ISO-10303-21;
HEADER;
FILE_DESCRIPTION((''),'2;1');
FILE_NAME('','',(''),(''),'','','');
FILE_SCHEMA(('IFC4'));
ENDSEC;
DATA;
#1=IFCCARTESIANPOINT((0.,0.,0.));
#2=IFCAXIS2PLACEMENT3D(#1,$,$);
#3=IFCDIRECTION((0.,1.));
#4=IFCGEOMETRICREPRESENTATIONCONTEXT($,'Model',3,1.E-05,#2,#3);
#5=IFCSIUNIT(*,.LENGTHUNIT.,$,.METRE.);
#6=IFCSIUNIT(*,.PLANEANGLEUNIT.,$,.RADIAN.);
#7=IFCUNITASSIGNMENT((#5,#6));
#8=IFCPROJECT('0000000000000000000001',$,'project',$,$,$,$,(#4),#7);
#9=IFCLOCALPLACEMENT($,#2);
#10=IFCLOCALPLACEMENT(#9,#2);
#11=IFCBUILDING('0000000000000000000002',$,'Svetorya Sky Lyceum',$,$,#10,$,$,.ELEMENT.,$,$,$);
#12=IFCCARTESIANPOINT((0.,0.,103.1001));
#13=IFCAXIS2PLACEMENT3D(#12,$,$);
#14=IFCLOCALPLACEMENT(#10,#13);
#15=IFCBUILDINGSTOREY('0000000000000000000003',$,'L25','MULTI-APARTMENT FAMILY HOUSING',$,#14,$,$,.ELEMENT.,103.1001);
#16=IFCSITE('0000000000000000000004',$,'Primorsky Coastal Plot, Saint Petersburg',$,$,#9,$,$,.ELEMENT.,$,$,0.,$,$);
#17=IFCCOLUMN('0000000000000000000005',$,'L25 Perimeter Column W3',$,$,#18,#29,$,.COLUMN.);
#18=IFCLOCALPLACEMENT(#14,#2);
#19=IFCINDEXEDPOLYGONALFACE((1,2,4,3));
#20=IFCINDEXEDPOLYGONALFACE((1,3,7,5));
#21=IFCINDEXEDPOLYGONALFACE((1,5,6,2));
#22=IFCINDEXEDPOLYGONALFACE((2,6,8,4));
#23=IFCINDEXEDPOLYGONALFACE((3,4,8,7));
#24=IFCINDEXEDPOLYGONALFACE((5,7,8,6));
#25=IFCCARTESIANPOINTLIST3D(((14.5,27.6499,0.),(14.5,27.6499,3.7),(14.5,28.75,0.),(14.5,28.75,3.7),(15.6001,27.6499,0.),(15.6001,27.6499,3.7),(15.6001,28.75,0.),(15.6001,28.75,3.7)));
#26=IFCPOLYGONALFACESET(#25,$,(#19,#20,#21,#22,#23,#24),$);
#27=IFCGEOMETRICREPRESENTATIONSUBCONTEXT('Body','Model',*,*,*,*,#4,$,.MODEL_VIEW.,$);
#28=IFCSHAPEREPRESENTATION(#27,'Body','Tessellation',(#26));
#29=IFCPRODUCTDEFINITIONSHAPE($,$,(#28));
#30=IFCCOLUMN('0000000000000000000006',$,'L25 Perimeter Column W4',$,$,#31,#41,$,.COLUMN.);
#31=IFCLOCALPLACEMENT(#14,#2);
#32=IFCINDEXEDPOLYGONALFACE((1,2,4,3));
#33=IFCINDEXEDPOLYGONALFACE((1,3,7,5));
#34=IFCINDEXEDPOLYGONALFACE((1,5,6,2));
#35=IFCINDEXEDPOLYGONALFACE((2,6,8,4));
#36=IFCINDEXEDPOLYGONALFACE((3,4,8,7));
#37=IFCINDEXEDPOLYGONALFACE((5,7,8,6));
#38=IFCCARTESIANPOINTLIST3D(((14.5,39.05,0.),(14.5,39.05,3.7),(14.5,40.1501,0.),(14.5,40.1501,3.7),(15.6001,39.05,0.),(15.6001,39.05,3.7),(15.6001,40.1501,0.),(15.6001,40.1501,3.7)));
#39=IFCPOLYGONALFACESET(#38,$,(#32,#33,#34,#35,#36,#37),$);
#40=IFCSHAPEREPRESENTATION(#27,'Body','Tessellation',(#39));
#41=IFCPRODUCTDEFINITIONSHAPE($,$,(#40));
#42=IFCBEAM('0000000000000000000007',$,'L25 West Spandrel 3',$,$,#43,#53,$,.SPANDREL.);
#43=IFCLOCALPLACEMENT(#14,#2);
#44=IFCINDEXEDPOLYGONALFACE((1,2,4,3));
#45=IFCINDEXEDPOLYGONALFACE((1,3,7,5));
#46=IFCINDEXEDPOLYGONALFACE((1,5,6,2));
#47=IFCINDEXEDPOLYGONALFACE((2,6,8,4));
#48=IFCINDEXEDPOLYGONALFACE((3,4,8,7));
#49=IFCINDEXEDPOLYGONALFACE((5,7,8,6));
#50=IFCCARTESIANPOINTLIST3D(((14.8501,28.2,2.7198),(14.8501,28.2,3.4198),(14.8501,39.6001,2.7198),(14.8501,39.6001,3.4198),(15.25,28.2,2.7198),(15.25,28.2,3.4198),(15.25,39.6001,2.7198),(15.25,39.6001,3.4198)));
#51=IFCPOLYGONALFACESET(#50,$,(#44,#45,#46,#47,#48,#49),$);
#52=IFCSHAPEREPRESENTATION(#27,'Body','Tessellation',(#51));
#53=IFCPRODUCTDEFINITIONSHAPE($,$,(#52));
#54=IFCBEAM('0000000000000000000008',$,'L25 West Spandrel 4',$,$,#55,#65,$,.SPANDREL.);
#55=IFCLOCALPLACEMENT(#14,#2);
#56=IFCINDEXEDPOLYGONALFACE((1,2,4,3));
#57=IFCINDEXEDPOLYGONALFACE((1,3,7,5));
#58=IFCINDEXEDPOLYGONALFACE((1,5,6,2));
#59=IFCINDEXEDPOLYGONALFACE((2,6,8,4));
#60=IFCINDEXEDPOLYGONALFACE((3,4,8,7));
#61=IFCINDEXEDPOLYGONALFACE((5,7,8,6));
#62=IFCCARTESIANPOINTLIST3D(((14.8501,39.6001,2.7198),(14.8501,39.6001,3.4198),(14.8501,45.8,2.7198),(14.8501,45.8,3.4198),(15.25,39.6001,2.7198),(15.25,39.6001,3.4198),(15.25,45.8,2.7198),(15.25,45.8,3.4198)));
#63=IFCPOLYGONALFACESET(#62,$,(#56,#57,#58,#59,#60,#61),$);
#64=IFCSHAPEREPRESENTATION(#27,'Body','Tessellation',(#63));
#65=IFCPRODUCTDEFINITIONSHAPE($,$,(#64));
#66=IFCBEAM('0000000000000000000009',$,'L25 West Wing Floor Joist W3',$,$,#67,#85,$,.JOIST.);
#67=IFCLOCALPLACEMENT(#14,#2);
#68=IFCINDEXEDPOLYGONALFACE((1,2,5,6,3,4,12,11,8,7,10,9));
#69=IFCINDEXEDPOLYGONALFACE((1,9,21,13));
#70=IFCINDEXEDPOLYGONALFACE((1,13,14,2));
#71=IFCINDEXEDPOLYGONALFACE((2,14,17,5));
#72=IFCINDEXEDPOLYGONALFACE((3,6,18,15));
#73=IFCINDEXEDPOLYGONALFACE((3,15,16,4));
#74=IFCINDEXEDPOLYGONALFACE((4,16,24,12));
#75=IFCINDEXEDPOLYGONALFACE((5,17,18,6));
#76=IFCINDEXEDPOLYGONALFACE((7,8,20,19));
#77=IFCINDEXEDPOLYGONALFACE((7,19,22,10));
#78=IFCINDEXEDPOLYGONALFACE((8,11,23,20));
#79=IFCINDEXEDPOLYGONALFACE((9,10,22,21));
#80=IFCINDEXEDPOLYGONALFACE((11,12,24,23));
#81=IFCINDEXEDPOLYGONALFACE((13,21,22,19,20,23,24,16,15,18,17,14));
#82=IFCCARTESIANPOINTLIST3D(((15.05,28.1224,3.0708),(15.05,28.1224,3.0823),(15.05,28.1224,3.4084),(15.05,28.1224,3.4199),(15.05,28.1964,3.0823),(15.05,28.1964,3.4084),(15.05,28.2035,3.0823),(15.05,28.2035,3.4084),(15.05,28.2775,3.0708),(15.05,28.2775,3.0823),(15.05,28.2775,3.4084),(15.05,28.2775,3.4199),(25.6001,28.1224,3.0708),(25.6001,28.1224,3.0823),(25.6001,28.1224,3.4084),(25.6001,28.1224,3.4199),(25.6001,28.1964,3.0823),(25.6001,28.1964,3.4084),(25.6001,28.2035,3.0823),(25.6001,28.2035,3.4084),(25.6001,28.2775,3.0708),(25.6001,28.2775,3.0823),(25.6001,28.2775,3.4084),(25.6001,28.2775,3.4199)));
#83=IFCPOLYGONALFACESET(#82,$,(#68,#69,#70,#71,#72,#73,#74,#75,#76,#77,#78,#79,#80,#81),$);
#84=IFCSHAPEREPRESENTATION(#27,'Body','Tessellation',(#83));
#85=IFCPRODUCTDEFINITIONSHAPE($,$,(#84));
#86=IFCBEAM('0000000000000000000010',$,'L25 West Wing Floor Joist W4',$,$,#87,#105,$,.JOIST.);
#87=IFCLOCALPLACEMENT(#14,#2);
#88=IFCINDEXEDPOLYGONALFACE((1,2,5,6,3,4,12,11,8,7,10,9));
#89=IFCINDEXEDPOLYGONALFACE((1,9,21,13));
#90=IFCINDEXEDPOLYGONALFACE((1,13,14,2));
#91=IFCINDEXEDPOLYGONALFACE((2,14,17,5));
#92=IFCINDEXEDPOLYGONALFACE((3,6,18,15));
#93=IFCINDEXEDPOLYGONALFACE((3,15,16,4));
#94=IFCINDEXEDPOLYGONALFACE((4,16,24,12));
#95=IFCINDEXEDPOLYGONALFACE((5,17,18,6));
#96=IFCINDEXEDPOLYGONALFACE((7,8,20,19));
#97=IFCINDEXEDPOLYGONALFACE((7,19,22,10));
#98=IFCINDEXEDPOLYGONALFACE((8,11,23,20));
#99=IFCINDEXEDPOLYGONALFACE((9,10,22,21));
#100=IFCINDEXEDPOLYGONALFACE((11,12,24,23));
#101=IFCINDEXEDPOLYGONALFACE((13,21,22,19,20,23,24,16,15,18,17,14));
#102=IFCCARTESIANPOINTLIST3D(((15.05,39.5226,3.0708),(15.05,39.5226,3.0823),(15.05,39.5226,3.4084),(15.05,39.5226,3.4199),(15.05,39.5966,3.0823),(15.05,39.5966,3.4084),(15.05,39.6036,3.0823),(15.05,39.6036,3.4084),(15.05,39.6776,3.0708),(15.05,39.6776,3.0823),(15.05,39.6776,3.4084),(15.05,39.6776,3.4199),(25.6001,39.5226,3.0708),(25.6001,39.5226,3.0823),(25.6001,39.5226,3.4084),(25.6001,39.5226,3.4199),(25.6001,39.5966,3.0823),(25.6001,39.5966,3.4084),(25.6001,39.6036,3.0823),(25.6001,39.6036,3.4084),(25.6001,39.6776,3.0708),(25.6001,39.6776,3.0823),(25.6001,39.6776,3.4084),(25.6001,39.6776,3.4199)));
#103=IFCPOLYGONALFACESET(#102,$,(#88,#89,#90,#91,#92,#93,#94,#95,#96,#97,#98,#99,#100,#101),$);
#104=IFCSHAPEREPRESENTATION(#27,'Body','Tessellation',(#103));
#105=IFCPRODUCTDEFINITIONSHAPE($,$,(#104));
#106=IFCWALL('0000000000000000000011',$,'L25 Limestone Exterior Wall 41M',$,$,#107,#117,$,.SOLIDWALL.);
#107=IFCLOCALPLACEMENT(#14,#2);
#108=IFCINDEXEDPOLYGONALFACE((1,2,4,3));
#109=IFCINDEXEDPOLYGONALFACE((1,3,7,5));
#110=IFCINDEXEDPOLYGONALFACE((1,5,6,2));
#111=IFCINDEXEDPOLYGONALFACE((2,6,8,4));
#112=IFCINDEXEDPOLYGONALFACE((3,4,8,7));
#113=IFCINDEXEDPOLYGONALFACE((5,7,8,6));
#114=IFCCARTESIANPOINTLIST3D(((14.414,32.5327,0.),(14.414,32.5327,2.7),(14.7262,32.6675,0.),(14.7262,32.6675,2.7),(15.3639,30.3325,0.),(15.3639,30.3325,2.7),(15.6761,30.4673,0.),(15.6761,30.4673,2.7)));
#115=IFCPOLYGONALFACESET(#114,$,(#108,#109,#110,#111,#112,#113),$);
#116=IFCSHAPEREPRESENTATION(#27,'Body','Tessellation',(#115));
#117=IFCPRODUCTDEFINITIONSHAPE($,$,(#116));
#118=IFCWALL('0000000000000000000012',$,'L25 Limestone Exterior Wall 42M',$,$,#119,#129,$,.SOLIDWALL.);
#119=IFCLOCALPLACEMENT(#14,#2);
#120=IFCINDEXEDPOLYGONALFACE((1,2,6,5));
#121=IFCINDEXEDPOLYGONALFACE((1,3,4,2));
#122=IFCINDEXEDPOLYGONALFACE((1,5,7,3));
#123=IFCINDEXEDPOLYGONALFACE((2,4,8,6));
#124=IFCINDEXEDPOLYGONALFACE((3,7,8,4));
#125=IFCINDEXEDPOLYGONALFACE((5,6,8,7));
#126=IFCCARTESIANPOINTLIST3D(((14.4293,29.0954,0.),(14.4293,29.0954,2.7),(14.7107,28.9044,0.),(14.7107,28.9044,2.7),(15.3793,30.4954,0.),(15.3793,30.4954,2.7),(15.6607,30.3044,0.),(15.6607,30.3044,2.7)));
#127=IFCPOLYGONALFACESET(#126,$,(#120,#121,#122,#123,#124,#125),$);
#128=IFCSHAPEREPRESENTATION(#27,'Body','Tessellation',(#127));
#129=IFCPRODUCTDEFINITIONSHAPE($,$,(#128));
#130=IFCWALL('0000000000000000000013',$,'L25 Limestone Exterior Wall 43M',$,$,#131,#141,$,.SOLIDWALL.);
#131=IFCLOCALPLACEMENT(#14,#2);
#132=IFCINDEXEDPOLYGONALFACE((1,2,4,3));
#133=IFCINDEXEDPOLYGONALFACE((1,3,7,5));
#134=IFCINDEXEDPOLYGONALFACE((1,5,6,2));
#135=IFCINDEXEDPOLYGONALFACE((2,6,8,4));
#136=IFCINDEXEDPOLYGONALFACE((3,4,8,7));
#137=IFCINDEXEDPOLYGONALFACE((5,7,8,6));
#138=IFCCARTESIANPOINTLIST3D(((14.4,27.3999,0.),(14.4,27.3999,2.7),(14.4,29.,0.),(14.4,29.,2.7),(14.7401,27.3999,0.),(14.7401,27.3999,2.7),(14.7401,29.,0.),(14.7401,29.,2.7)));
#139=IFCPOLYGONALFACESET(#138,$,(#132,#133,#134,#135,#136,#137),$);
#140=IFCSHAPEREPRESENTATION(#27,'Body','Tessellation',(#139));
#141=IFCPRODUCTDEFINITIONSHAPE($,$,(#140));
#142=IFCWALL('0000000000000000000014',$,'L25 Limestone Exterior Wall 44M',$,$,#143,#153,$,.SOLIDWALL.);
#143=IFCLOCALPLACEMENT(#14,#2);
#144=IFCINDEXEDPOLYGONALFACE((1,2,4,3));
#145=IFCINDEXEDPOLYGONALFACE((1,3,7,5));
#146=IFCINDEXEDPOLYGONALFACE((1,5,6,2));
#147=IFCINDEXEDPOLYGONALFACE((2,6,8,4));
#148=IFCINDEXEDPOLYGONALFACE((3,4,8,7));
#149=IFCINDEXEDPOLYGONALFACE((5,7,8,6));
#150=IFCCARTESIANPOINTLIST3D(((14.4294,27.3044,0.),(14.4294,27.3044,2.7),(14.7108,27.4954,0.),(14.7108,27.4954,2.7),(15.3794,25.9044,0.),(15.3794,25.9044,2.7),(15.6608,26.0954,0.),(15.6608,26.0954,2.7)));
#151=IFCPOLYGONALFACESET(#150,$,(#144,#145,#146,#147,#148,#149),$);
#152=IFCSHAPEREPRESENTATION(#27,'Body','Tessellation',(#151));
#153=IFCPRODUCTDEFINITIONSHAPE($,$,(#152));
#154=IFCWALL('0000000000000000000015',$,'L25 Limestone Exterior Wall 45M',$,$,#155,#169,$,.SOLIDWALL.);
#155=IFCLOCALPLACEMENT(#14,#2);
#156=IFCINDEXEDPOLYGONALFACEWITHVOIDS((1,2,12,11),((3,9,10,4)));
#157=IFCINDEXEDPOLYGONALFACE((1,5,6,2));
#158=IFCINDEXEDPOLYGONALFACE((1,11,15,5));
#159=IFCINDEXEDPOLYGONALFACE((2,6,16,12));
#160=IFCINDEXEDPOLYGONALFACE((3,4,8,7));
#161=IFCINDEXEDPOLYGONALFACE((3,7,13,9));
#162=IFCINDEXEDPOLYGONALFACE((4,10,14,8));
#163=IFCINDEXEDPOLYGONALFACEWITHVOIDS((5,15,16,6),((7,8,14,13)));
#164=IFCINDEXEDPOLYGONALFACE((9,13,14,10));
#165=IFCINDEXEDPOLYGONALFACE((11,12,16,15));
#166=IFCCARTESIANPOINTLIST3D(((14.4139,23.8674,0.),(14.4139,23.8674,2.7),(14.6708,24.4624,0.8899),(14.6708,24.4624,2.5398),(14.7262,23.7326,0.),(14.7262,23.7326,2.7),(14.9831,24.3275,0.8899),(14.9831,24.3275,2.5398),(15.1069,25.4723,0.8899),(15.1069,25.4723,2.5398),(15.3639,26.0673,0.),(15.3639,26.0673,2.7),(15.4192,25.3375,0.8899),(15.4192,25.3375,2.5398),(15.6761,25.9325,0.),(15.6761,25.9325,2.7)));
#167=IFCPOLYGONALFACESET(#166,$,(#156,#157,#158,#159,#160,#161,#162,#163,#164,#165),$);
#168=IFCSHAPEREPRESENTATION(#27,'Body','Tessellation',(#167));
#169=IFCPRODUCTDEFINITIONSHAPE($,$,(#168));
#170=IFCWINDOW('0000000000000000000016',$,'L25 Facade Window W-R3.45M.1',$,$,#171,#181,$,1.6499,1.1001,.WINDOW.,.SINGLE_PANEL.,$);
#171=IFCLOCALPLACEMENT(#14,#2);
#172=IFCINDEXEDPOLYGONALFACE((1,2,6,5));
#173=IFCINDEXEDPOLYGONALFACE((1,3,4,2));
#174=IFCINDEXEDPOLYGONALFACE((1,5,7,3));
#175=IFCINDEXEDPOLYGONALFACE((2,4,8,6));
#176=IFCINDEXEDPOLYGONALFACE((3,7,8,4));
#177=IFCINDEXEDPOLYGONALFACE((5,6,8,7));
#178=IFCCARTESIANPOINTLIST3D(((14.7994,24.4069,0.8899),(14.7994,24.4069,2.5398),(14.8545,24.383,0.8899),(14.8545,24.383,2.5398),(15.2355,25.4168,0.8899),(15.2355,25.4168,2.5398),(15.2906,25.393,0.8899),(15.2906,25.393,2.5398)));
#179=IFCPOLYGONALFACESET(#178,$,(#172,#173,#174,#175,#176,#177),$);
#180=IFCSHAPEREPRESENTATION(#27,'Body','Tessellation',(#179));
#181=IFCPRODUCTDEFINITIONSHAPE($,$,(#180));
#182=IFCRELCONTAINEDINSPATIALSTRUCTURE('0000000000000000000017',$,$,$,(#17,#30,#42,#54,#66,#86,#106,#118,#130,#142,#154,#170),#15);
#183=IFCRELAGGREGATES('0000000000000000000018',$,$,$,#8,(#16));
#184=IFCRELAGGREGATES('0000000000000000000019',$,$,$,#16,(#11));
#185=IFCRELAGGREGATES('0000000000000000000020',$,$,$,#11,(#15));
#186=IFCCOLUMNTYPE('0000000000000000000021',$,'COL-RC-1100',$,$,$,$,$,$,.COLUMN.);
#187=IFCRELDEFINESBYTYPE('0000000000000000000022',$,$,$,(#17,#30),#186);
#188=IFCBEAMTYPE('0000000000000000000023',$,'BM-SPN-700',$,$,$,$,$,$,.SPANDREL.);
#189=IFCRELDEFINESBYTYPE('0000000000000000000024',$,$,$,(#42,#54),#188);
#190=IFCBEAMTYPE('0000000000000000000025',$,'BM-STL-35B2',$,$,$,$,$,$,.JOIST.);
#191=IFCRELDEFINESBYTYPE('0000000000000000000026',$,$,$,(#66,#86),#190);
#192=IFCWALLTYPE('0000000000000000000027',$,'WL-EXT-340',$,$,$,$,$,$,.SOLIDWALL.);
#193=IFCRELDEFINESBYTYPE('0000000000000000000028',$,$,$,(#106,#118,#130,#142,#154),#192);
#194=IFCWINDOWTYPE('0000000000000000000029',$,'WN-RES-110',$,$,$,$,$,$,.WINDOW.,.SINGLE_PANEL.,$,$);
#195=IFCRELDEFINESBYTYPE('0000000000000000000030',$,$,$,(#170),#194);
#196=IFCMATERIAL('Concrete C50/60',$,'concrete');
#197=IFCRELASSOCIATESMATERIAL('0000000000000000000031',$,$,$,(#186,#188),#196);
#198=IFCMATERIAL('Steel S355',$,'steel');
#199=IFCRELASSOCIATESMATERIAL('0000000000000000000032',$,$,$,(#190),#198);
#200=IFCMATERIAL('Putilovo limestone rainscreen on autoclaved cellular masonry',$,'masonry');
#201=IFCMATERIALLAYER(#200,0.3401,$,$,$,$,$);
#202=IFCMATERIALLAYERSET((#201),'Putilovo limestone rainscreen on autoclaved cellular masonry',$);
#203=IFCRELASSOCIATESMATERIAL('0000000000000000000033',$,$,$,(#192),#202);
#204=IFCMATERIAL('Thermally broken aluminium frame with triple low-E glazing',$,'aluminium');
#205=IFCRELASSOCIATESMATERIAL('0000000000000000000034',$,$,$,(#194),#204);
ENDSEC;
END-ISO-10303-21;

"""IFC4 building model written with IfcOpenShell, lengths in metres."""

from ifc_helpers import new_model, si_unit, direction, frame, frame_2d, origin, origin_2d, place, context, subcontext, project, spatial, rectangle, i_section, extrude, material, layer, layer_set, material_profile, profile_set, type_object, element, fill, save


model = new_model("IFC4")

# Units and contexts
model_context = context("Model", 3, precision=1e-05, world=origin(), true_north=direction((0.0, 1.0)))
body_context = subcontext(model_context, "Body", "Model", "MODEL_VIEW")
ifc_project = project(units=[si_unit("LENGTHUNIT", "METRE"), si_unit("PLANEANGLEUNIT", "RADIAN")], contexts=[model_context])

# Site, building, storey
site_placement = place(None, origin())
site = spatial("IfcSite", under=ifc_project, at=site_placement, Name="Primorsky Coastal Plot, Saint Petersburg", CompositionType="ELEMENT", RefElevation=0.0)
building_placement = place(site_placement, origin())
building = spatial("IfcBuilding", under=site, at=building_placement, Name="Svetorya Sky Lyceum", CompositionType="ELEMENT")
storey_placement = place(building_placement, frame((0.0, 0.0, 103.1001)))
storey = spatial("IfcBuildingStorey", under=building, at=storey_placement, Name="L25", Description="MULTI-APARTMENT FAMILY HOUSING", CompositionType="ELEMENT", Elevation=103.1001)

# Columns
ifc_material_1 = material(Name="Concrete C50/60", Category="concrete")
ifc_material_profile_1 = material_profile(ifc_material_1, rectangle(XDim=1.1001, YDim=1.1001, at=origin_2d()), Name="RC COL 1100x1100")
ifc_profile_set_1 = profile_set([ifc_material_profile_1], Name="Concrete C50/60")
column_type = type_object("IfcColumnType", Name="COL-RC-1100", PredefinedType="COLUMN", material=ifc_profile_set_1)
for number, where, z_axis, x_axis, name in (
    (1, (15.05, 28.2, 0.0), (0.0, 0.0, 1.0), (1.0, 0.0, 0.0), "L25 Perimeter Column W3"),
    (2, (15.05, 39.6001, 0.0), (0.0, 0.0, 1.0), (1.0, 0.0, 0.0), "L25 Perimeter Column W4"),
):
    element("IfcColumn", number, at=place(storey_placement, frame(where, z_axis=z_axis, x_axis=x_axis)), inside=storey, type_object=column_type, Name=name, PredefinedType="COLUMN", context=body_context, shape_type="SweptSolid", body=[
        extrude(rectangle(XDim=1.1001, YDim=1.1001, at=origin_2d()), origin(), (0.0, 0.0, 1.0), 3.7),
    ])

# Beams
ifc_material_profile_2 = material_profile(ifc_material_1, rectangle(XDim=0.3999, YDim=0.7, at=origin_2d()), Name="RC SPANDREL 400x700")
ifc_profile_set_2 = profile_set([ifc_material_profile_2], Name="Concrete C50/60")
beam_type_1 = type_object("IfcBeamType", Name="BM-SPN-700", PredefinedType="SPANDREL", material=ifc_profile_set_2)
beam_1_placement = place(storey_placement, frame((15.05, 28.2, 3.0698), z_axis=(0.0, 1.0, 0.0), x_axis=(-1.0, 0.0, 0.0)))
element("IfcBeam", 3, at=beam_1_placement, inside=storey, type_object=beam_type_1, Name="L25 West Spandrel 3", PredefinedType="SPANDREL", context=body_context, shape_type="SweptSolid", body=[
    extrude(rectangle(XDim=0.3999, YDim=0.7, at=origin_2d()), origin(), (0.0, 0.0, 1.0), 11.4001),
])
beam_2_placement = place(storey_placement, frame((15.05, 39.6001, 3.0698), z_axis=(0.0, 1.0, 0.0), x_axis=(-1.0, 0.0, 0.0)))
element("IfcBeam", 4, at=beam_2_placement, inside=storey, type_object=beam_type_1, Name="L25 West Spandrel 4", PredefinedType="SPANDREL", context=body_context, shape_type="SweptSolid", body=[
    extrude(rectangle(XDim=0.3999, YDim=0.7, at=origin_2d()), origin(), (0.0, 0.0, 1.0), 6.2),
])
ifc_material_2 = material(Name="Steel S355", Category="steel")
ifc_material_profile_3 = material_profile(ifc_material_2, i_section(OverallWidth=0.155, OverallDepth=0.3491, WebThickness=0.0071, FlangeThickness=0.0115, at=origin_2d()), Name="GOST 35B2")
ifc_profile_set_3 = profile_set([ifc_material_profile_3], Name="Steel S355")
beam_type_2 = type_object("IfcBeamType", Name="BM-STL-35B2", PredefinedType="JOIST", material=ifc_profile_set_3)
for number, where, z_axis, x_axis, name in (
    (5, (15.05, 28.2, 3.2454), (1.0, 0.0, 0.0), (0.0, 1.0, 0.0), "L25 West Wing Floor Joist W3"),
    (6, (15.05, 39.6001, 3.2454), (1.0, 0.0, 0.0), (0.0, 1.0, 0.0), "L25 West Wing Floor Joist W4"),
):
    element("IfcBeam", number, at=place(storey_placement, frame(where, z_axis=z_axis, x_axis=x_axis)), inside=storey, type_object=beam_type_2, Name=name, PredefinedType="JOIST", context=body_context, shape_type="SweptSolid", body=[
        extrude(i_section(OverallWidth=0.155, OverallDepth=0.3491, WebThickness=0.0071, FlangeThickness=0.0115, at=origin_2d()), origin(), (0.0, 0.0, 1.0), 10.55),
    ])

# Walls
ifc_material_3 = material(Name="Putilovo limestone rainscreen on autoclaved cellular masonry", Category="masonry")
ifc_layer_1 = layer(ifc_material_3, 0.3401)
ifc_layer_set_1 = layer_set([ifc_layer_1], Name="Putilovo limestone rainscreen on autoclaved cellular masonry")
wall_type_1 = type_object("IfcWallType", Name="WL-EXT-340", PredefinedType="SOLIDWALL", material=ifc_layer_set_1)
wall_1_placement = place(storey_placement, frame((14.5701, 32.6001, 0.0), z_axis=(0.0, 0.0, 1.0), x_axis=(0.396389, -0.918083, 0.0)))
element("IfcWall", 7, at=wall_1_placement, inside=storey, type_object=wall_type_1, Name="L25 Limestone Exterior Wall 41M", PredefinedType="SOLIDWALL", context=body_context, shape_type="SweptSolid", body=[
    extrude(rectangle(XDim=2.3965, YDim=0.3401, at=frame_2d((1.1982, 0.0))), origin(), (0.0, 0.0, 1.0), 2.7),
])
wall_2_placement = place(storey_placement, frame((15.52, 30.3999, 0.0), z_axis=(0.0, 0.0, 1.0), x_axis=(-0.561508, -0.827471, 0.0)))
element("IfcWall", 8, at=wall_2_placement, inside=storey, type_object=wall_type_1, Name="L25 Limestone Exterior Wall 42M", PredefinedType="SOLIDWALL", context=body_context, shape_type="SweptSolid", body=[
    extrude(rectangle(XDim=1.6919, YDim=0.3401, at=frame_2d((0.8459, 0.0))), origin(), (0.0, 0.0, 1.0), 2.7),
])
wall_3_placement = place(storey_placement, frame((14.5701, 29.0, 0.0), z_axis=(0.0, 0.0, 1.0), x_axis=(0.0, -1.0, 0.0)))
element("IfcWall", 9, at=wall_3_placement, inside=storey, type_object=wall_type_1, Name="L25 Limestone Exterior Wall 43M", PredefinedType="SOLIDWALL", context=body_context, shape_type="SweptSolid", body=[
    extrude(rectangle(XDim=1.6001, YDim=0.3401, at=frame_2d((0.8, 0.0))), origin(), (0.0, 0.0, 1.0), 2.7),
])
wall_4_placement = place(storey_placement, frame((14.5701, 27.3999, 0.0), z_axis=(0.0, 0.0, 1.0), x_axis=(0.561508, -0.827471, 0.0)))
element("IfcWall", 10, at=wall_4_placement, inside=storey, type_object=wall_type_1, Name="L25 Limestone Exterior Wall 44M", PredefinedType="SOLIDWALL", context=body_context, shape_type="SweptSolid", body=[
    extrude(rectangle(XDim=1.6919, YDim=0.3401, at=frame_2d((0.8459, 0.0))), origin(), (0.0, 0.0, 1.0), 2.7),
])

# Wall, opening, window
wall_5_placement = place(storey_placement, frame((15.52, 26.0, 0.0), z_axis=(0.0, 0.0, 1.0), x_axis=(-0.396426, -0.918067, 0.0)))
wall_5 = element("IfcWall", 11, at=wall_5_placement, inside=storey, type_object=wall_type_1, Name="L25 Limestone Exterior Wall 45M", PredefinedType="SOLIDWALL", context=body_context, shape_type="SweptSolid", body=[
    extrude(rectangle(XDim=2.3962, YDim=0.3401, at=frame_2d((1.1982, 0.0))), origin(), (0.0, 0.0, 1.0), 2.7),
])
opening_1_placement = place(wall_5_placement, frame((0.6482, 0.0, 0.8899)))
opening_1 = element("IfcOpeningElement", 12, at=opening_1_placement, cuts=wall_5, PredefinedType="OPENING", context=body_context, shape_type="SweptSolid", body=[
    extrude(rectangle(XDim=1.1001, YDim=1.6499, at=frame_2d((0.55, 0.825))), frame((0.0, 0.1799, 0.0), z_axis=(0.0, -1.0, 0.0), x_axis=(1.0, 0.0, 0.0)), (0.0, 0.0, 1.0), 0.3601),
])
ifc_material_4 = material(Name="Thermally broken aluminium frame with triple low-E glazing", Category="aluminium")
window_type_1 = type_object("IfcWindowType", Name="WN-RES-110", PartitioningType="SINGLE_PANEL", PredefinedType="WINDOW", material=ifc_material_4)
window_1_placement = place(opening_1_placement, origin())
window_1 = element("IfcWindow", 13, at=window_1_placement, inside=storey, type_object=window_type_1, Name="L25 Facade Window W-R3.45M.1", OverallHeight=1.6499, OverallWidth=1.1001, PartitioningType="SINGLE_PANEL", PredefinedType="WINDOW", context=body_context, shape_type="SweptSolid", body=[
    extrude(rectangle(XDim=1.1001, YDim=1.6499, at=frame_2d((0.55, 0.825))), frame((0.0, 0.03, 0.0), z_axis=(0.0, -1.0, 0.0), x_axis=(1.0, 0.0, 0.0)), (0.0, 0.0, 1.0), 0.0601),
])
fill(opening_1, window_1)

save(model, "model.ifc")
